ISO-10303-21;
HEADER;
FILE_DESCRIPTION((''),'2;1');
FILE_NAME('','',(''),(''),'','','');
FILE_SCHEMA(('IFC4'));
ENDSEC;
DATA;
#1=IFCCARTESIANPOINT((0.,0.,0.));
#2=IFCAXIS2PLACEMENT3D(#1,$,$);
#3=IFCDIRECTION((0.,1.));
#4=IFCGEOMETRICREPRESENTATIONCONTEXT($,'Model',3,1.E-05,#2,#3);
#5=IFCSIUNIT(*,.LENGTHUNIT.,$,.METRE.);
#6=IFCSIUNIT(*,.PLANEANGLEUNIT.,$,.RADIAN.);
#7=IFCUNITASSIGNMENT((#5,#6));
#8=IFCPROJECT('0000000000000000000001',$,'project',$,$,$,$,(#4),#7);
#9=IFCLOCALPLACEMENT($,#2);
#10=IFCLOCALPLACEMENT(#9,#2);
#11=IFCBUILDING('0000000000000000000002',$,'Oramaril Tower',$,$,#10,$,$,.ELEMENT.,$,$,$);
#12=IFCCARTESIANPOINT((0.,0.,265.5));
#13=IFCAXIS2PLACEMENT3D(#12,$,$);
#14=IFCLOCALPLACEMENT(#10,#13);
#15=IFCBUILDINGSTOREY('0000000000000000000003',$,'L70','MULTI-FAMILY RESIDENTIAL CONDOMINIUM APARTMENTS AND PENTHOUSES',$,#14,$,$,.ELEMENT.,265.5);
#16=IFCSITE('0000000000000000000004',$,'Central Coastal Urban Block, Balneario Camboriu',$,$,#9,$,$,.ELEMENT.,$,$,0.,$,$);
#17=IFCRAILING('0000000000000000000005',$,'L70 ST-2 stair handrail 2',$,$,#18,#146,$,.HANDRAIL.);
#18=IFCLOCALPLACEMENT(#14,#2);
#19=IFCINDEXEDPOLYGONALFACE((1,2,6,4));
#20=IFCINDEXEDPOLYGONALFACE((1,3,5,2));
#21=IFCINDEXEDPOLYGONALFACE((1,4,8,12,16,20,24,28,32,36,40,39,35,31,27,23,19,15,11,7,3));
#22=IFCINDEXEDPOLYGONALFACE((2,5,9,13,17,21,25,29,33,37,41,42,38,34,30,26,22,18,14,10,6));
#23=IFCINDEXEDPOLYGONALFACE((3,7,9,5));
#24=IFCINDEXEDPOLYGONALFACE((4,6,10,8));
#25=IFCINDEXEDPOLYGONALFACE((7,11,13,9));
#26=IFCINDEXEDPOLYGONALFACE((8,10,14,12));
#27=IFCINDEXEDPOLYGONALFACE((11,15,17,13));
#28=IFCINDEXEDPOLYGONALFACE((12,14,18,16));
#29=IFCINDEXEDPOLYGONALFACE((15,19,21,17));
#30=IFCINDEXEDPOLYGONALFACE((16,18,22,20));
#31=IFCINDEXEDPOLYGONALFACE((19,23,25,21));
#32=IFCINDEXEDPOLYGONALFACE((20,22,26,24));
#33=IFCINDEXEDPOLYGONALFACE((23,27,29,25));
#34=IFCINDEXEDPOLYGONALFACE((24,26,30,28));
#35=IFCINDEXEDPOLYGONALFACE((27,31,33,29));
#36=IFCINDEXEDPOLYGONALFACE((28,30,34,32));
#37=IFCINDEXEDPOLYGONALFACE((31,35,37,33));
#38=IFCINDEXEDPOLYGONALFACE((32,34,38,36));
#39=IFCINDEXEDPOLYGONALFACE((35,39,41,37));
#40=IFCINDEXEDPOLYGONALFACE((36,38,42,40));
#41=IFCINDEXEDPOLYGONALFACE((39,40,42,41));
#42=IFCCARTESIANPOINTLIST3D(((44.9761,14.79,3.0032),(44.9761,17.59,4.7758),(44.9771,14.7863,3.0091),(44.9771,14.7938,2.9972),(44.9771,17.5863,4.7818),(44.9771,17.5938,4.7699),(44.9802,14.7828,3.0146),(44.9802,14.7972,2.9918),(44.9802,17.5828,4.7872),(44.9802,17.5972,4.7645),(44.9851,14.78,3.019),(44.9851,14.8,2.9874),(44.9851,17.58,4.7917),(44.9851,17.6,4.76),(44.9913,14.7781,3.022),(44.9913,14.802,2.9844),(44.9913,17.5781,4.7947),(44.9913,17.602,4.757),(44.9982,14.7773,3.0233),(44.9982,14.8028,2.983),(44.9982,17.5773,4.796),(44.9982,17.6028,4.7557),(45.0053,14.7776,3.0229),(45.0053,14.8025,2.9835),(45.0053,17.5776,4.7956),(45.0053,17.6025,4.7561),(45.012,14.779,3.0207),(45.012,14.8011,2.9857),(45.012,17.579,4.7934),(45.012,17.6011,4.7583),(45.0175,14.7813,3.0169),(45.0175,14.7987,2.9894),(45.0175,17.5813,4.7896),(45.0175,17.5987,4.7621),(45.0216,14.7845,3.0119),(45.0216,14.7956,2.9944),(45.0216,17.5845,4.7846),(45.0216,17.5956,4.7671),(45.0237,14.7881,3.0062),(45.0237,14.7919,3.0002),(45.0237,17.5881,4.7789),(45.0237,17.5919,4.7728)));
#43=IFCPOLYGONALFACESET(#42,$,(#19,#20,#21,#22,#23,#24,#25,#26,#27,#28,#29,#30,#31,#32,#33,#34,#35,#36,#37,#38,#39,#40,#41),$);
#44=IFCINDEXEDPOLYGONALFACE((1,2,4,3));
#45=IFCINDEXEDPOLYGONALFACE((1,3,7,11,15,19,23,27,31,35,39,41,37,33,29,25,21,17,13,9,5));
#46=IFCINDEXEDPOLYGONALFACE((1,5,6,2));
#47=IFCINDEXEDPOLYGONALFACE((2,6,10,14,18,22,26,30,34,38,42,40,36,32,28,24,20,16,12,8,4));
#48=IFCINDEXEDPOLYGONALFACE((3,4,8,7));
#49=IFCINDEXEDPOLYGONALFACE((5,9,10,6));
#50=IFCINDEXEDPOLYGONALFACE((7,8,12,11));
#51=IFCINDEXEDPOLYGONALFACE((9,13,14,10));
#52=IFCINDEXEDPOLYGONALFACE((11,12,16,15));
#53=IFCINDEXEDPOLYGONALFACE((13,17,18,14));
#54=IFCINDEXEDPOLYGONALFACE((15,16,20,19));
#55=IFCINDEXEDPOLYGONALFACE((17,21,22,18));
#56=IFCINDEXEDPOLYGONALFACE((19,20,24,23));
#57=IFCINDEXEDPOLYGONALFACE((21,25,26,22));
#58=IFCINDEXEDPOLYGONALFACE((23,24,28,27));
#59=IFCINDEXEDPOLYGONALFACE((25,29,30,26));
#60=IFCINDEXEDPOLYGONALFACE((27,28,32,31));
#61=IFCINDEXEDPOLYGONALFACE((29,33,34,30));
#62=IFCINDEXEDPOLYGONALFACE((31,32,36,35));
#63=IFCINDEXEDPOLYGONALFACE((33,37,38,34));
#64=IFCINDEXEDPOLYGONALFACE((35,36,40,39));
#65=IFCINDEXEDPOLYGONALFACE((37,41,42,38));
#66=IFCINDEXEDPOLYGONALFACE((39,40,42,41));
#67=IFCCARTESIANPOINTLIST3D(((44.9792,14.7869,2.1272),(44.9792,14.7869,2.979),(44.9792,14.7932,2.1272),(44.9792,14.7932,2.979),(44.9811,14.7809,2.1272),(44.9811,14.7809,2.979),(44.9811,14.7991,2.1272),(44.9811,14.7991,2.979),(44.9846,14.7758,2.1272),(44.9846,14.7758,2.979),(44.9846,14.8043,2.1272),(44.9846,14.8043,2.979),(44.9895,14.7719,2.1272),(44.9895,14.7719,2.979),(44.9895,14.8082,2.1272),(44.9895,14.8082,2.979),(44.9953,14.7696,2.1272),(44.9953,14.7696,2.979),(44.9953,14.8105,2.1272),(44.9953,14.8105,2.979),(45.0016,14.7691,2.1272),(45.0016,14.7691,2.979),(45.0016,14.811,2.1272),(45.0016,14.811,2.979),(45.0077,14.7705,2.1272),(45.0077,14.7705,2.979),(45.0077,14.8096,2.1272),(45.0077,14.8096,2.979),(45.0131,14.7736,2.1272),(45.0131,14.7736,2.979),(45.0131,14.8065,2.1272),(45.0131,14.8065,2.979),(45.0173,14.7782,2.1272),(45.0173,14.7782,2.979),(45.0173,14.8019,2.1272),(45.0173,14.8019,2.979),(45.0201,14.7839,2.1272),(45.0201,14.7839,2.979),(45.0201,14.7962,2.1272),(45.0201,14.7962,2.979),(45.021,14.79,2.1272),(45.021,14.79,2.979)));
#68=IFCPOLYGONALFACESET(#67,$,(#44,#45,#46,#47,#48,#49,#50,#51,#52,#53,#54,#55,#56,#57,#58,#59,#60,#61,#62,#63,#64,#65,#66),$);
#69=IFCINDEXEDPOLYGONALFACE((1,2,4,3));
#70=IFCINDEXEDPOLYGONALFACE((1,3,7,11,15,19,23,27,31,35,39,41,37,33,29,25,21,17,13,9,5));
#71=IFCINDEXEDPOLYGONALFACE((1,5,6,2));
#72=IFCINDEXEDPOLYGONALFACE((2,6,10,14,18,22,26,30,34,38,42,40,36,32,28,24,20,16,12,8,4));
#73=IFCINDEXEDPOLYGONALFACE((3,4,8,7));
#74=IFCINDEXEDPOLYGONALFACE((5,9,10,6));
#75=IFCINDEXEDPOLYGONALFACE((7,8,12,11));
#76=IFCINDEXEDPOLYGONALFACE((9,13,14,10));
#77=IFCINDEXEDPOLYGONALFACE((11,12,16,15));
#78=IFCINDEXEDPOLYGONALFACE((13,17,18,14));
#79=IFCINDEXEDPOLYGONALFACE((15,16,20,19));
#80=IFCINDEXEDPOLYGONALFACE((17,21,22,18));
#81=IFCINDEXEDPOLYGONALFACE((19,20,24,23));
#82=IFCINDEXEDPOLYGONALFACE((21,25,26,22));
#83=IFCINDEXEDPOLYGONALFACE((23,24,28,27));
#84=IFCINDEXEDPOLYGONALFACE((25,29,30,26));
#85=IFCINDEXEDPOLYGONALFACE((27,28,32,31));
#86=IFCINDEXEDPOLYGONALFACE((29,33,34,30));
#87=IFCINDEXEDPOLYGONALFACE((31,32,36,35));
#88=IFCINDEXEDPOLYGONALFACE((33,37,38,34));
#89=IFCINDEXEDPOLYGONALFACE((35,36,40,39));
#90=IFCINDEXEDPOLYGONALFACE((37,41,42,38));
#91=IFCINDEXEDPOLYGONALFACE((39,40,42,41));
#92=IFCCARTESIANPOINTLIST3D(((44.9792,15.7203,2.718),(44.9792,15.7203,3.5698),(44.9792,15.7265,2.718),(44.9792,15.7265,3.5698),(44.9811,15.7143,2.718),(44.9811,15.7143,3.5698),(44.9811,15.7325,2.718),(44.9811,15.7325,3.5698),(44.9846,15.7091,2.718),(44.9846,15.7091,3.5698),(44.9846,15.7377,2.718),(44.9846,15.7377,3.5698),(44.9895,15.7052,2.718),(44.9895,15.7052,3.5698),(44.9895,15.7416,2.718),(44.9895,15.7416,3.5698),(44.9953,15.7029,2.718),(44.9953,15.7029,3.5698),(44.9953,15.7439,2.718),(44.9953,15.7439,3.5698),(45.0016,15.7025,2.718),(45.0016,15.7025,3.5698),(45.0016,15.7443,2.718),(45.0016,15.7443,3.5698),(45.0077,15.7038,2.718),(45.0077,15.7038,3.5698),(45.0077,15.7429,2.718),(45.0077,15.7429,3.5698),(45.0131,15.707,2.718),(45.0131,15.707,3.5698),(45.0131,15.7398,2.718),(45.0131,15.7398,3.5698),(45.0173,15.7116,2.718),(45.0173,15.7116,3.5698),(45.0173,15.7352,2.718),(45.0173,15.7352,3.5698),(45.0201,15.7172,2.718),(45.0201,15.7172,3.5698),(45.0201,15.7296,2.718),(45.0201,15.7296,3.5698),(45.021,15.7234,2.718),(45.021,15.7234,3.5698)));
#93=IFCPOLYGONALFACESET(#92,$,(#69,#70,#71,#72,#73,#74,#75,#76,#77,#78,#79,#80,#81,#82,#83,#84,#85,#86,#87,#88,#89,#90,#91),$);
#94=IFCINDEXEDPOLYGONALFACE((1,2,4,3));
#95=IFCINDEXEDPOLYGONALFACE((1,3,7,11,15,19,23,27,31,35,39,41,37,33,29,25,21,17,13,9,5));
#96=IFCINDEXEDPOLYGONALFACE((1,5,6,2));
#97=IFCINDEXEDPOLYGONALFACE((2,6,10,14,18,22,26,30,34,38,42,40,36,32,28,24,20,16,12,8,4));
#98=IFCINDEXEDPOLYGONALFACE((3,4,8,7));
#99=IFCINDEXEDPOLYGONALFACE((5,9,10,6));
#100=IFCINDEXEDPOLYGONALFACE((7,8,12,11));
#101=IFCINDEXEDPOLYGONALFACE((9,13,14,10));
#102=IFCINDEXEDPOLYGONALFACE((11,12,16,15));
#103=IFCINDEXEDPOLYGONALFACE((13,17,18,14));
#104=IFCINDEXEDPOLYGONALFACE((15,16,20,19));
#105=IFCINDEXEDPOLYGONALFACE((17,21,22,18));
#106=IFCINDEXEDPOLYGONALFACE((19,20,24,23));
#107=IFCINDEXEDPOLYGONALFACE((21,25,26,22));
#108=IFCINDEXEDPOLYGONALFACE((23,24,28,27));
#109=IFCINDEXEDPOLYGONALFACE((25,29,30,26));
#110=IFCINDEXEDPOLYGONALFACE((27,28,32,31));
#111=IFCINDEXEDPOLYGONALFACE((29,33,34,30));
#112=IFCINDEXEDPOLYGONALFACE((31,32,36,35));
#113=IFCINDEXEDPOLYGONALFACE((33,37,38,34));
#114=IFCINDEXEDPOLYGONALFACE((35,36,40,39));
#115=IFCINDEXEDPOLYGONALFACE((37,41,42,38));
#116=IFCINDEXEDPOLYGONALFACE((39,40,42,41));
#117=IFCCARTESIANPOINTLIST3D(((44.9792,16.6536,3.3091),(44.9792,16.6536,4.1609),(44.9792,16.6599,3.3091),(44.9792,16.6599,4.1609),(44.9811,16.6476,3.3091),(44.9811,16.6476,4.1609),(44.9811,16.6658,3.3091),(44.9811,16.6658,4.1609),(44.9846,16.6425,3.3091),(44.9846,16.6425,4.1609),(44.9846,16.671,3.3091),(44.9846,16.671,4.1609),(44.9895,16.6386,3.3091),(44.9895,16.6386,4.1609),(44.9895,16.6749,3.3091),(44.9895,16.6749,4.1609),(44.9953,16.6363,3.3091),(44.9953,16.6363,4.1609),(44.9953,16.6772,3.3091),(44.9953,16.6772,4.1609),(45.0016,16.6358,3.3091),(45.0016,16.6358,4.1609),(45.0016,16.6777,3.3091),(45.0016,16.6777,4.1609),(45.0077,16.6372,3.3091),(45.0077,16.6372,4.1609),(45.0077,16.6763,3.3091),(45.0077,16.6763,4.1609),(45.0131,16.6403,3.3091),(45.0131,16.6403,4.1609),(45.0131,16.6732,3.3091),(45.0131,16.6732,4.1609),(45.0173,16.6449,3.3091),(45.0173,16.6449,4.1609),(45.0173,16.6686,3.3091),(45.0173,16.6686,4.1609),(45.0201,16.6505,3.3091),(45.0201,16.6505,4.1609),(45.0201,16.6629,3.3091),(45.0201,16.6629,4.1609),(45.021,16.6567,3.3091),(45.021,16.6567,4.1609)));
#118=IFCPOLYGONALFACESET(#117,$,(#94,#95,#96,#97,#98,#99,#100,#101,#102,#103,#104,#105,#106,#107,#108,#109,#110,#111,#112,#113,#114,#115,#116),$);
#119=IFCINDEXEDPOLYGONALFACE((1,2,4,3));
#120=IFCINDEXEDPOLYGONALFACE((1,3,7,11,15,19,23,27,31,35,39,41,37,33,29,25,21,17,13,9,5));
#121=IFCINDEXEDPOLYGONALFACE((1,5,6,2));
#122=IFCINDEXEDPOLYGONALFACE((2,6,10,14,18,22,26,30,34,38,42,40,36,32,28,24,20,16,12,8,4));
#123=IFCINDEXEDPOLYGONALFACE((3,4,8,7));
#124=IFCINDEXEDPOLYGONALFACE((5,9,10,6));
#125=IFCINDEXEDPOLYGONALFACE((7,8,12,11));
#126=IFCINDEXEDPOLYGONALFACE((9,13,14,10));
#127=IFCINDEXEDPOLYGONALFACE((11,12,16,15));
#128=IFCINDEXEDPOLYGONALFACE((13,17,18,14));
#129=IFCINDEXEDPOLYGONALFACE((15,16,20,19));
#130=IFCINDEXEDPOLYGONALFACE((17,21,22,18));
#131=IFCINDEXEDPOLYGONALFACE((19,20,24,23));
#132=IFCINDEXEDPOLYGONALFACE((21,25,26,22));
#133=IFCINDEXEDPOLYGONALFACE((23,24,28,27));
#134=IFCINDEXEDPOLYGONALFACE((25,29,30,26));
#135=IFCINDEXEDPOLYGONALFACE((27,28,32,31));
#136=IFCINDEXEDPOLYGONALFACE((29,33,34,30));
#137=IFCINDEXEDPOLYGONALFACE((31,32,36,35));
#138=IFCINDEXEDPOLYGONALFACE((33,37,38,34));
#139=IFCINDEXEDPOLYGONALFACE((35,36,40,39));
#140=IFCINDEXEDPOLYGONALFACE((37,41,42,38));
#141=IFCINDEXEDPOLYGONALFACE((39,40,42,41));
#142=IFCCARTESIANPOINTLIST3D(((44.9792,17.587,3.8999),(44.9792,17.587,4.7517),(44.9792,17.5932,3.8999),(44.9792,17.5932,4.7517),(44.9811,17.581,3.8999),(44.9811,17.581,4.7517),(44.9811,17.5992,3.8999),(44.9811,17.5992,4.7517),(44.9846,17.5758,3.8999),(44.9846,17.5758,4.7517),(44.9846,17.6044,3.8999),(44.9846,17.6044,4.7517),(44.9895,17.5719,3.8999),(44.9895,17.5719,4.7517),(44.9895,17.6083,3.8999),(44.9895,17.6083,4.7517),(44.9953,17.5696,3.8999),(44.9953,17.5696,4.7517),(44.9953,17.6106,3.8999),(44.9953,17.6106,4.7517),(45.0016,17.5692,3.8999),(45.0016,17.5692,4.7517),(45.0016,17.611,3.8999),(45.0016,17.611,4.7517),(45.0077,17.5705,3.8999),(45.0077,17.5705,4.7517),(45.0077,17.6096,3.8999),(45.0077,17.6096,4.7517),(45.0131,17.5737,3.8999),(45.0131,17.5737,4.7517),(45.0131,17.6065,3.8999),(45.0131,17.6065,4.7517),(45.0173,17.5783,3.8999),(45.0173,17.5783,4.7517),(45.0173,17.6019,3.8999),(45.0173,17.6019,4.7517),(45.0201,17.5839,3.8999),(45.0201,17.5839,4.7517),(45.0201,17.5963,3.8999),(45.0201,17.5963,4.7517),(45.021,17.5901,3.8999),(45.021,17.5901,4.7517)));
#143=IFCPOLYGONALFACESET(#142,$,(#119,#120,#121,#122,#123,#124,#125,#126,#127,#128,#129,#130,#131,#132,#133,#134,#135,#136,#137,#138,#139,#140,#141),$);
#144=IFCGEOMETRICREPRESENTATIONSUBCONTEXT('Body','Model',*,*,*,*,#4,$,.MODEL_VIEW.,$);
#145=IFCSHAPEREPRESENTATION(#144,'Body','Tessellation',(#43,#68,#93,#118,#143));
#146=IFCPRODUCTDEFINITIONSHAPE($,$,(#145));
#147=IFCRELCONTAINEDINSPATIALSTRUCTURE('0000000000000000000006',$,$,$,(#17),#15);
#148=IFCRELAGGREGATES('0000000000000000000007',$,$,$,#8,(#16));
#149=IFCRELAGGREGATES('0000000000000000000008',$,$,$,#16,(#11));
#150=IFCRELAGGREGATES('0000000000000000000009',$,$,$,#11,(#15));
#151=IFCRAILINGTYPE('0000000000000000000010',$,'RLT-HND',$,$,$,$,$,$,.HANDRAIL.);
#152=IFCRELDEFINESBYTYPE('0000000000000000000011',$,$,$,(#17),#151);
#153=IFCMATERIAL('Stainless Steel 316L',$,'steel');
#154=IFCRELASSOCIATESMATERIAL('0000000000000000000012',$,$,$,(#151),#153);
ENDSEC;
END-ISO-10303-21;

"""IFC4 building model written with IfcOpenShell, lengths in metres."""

from ifc_helpers import new_model, si_unit, direction, frame, origin, origin_2d, place, context, subcontext, project, spatial, circle, extrude, material, type_object, element, save


model = new_model("IFC4")

# Units and contexts
model_context = context("Model", 3, precision=1e-05, world=origin(), true_north=direction((0.0, 1.0)))
body_context = subcontext(model_context, "Body", "Model", "MODEL_VIEW")
ifc_project = project(units=[si_unit("LENGTHUNIT", "METRE"), si_unit("PLANEANGLEUNIT", "RADIAN")], contexts=[model_context])

# Site, building, storey
site_placement = place(None, origin())
site = spatial("IfcSite", under=ifc_project, at=site_placement, Name="Central Coastal Urban Block, Balneario Camboriu", CompositionType="ELEMENT", RefElevation=0.0)
building_placement = place(site_placement, origin())
building = spatial("IfcBuilding", under=site, at=building_placement, Name="Oramaril Tower", CompositionType="ELEMENT")
storey_placement = place(building_placement, frame((0.0, 0.0, 265.5)))
storey = spatial("IfcBuildingStorey", under=building, at=storey_placement, Name="L70", Description="MULTI-FAMILY RESIDENTIAL CONDOMINIUM APARTMENTS AND PENTHOUSES", CompositionType="ELEMENT", Elevation=265.5)

# Railing
ifc_material_1 = material(Name="Stainless Steel 316L", Category="steel")
railing_type_1 = type_object("IfcRailingType", Name="RLT-HND", PredefinedType="HANDRAIL", material=ifc_material_1)
railing_1_placement = place(storey_placement, frame((45.0, 14.79, 2.1272)))
element("IfcRailing", 1, at=railing_1_placement, inside=storey, type_object=railing_type_1, Name="L70 ST-2 stair handrail 2", PredefinedType="HANDRAIL", context=body_context, shape_type="SweptSolid", body=[
    extrude(circle(Radius=0.0239, at=origin_2d()), frame((0.0, 0.0, 0.876), z_axis=(0.0, 0.844909, 0.53491), x_axis=(-1.0, 0.0, 0.0)), (0.0, 0.0, 1.0), 3.314),
    extrude(circle(Radius=0.021, at=origin_2d()), origin(), (0.0, 0.0, 1.0), 0.8518),
    extrude(circle(Radius=0.021, at=origin_2d()), frame((0.0, 0.9333, 0.5908)), (0.0, 0.0, 1.0), 0.8518),
    extrude(circle(Radius=0.021, at=origin_2d()), frame((0.0, 1.8667, 1.1819)), (0.0, 0.0, 1.0), 0.8518),
    extrude(circle(Radius=0.021, at=origin_2d()), frame((0.0, 2.8, 1.7727)), (0.0, 0.0, 1.0), 0.8518),
])

save(model, "model.ifc")
